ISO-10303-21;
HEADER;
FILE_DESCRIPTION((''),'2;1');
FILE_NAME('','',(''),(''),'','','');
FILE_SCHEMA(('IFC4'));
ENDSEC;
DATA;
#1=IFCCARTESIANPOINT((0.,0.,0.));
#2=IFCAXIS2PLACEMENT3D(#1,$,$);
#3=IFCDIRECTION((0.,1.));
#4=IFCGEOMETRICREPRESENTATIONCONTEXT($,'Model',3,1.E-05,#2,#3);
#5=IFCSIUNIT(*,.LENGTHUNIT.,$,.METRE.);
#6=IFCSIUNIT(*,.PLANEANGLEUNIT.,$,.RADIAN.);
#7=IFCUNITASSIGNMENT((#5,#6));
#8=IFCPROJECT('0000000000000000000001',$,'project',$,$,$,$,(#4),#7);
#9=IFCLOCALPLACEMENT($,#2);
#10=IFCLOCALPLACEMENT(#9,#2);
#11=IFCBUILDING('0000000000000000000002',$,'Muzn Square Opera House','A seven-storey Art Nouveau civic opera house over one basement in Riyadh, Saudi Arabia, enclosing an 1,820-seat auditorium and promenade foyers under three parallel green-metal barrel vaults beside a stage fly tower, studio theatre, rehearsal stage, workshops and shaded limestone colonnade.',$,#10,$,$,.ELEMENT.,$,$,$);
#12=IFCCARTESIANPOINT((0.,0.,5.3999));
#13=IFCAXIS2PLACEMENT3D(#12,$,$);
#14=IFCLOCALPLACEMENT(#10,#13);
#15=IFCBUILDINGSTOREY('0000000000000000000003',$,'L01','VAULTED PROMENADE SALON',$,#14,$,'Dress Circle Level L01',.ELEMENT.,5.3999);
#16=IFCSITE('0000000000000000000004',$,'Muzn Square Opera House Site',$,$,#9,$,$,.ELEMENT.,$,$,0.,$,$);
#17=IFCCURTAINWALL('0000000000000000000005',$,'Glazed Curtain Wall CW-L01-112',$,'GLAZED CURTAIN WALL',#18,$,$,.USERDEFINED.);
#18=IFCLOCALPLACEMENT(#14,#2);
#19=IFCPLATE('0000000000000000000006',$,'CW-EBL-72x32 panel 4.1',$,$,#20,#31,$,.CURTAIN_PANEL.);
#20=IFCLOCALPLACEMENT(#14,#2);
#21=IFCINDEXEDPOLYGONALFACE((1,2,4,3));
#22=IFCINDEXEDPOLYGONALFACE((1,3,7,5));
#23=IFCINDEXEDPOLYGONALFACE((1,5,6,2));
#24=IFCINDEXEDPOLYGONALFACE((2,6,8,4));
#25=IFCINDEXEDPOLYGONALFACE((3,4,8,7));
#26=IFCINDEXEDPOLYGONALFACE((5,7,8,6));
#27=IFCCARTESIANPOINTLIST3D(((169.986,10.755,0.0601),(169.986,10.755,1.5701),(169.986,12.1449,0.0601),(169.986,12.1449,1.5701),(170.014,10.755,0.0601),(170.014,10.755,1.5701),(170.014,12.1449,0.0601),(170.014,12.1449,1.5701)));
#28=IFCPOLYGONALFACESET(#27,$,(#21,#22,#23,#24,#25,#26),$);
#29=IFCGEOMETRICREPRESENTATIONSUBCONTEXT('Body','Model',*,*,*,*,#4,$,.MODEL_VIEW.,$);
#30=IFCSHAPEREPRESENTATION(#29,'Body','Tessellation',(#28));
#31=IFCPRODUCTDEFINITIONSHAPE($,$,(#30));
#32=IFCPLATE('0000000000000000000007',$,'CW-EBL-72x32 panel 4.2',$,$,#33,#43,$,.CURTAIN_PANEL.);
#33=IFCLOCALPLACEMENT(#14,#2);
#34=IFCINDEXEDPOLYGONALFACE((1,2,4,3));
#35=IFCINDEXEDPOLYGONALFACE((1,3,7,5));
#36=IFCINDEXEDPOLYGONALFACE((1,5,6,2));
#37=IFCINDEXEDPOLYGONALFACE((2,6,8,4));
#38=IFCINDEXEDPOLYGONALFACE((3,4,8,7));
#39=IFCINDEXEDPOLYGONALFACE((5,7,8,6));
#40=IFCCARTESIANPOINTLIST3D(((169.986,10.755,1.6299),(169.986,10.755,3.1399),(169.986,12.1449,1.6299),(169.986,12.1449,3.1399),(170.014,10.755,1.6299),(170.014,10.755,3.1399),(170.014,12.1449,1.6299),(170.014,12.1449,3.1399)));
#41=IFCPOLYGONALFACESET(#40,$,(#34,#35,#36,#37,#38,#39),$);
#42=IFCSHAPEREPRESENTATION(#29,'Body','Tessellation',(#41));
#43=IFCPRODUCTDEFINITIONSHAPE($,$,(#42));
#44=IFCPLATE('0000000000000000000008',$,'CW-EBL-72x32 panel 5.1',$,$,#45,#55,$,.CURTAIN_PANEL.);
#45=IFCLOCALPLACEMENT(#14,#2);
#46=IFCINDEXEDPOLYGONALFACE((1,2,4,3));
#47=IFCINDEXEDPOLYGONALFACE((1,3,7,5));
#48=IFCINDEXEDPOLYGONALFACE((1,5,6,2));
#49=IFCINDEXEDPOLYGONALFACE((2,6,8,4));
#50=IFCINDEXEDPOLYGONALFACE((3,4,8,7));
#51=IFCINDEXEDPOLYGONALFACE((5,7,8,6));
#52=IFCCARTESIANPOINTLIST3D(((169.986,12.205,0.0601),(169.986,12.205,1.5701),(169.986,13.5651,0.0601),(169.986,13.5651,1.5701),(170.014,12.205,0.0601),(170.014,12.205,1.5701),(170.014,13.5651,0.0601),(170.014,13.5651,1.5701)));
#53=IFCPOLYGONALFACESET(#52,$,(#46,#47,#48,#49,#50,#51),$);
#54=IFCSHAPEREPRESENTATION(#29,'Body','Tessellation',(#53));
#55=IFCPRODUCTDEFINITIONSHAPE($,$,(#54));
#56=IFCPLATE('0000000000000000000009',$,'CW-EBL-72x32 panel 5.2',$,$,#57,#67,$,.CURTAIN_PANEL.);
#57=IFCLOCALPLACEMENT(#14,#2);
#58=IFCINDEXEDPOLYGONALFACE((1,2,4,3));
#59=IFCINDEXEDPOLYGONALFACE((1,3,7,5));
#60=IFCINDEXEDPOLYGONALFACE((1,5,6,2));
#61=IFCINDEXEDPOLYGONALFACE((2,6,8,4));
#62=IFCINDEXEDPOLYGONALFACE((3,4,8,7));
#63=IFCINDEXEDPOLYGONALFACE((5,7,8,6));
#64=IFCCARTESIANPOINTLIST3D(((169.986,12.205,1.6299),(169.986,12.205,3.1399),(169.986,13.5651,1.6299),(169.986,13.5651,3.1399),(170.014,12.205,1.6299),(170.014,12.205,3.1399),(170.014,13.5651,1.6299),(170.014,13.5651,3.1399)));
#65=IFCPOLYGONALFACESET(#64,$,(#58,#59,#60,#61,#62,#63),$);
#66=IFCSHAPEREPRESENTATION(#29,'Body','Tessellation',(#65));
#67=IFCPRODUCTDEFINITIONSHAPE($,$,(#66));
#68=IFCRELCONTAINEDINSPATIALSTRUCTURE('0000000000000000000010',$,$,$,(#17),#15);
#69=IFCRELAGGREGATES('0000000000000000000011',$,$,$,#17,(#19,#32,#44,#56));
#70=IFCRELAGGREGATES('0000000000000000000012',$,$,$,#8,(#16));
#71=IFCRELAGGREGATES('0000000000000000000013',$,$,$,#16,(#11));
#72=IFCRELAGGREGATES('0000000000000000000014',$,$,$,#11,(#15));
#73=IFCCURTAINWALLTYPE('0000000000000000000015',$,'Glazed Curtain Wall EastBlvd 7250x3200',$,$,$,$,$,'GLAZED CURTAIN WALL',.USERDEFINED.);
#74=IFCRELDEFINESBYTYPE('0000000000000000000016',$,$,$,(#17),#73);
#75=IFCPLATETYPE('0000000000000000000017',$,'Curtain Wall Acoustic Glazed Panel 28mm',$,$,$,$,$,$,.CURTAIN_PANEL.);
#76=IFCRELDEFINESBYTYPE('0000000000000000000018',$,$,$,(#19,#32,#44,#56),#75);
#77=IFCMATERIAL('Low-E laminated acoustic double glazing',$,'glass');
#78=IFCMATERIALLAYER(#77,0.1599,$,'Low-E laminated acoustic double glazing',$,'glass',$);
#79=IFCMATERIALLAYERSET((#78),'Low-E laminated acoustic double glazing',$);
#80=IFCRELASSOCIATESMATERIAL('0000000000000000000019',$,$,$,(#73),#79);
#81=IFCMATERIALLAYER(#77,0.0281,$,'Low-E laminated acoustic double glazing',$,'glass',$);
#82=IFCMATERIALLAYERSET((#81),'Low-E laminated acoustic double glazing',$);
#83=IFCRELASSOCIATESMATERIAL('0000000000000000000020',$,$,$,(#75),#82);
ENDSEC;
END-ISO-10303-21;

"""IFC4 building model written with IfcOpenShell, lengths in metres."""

from ifc_helpers import new_model, si_unit, direction, frame, origin, origin_2d, place, context, subcontext, project, spatial, rectangle, extrude, material, layer, layer_set, type_object, element, aggregate, save


model = new_model("IFC4")

# Units and contexts
model_context = context("Model", 3, precision=1e-05, world=origin(), true_north=direction((0.0, 1.0)))
body_context = subcontext(model_context, "Body", "Model", "MODEL_VIEW")
ifc_project = project(units=[si_unit("LENGTHUNIT", "METRE"), si_unit("PLANEANGLEUNIT", "RADIAN")], contexts=[model_context])

# Site, building, storey
site_placement = place(None, origin())
site = spatial("IfcSite", under=ifc_project, at=site_placement, Name="Muzn Square Opera House Site", CompositionType="ELEMENT", RefElevation=0.0)
building_placement = place(site_placement, origin())
building = spatial("IfcBuilding", under=site, at=building_placement, Name="Muzn Square Opera House", Description="A seven-storey Art Nouveau civic opera house over one basement in Riyadh, Saudi Arabia, enclosing an 1,820-seat auditorium and promenade foyers under three parallel green-metal barrel vaults beside a stage fly tower, studio theatre, rehearsal stage, workshops and shaded limestone colonnade.", CompositionType="ELEMENT")
storey_placement = place(building_placement, frame((0.0, 0.0, 5.3999)))
storey = spatial("IfcBuildingStorey", under=building, at=storey_placement, Name="L01", Description="VAULTED PROMENADE SALON", LongName="Dress Circle Level L01", CompositionType="ELEMENT", Elevation=5.3999)

# Curtain wall
ifc_material_1 = material(Name="Low-E laminated acoustic double glazing", Category="glass")
ifc_layer_1 = layer(ifc_material_1, 0.1599, Name="Low-E laminated acoustic double glazing", Category="glass")
ifc_layer_set_1 = layer_set([ifc_layer_1], Name="Low-E laminated acoustic double glazing")
curtain_wall_type = type_object("IfcCurtainWallType", Name="Glazed Curtain Wall EastBlvd 7250x3200", ElementType="GLAZED CURTAIN WALL", PredefinedType="USERDEFINED", material=ifc_layer_set_1)
curtain_wall_1_placement = place(storey_placement, origin())
curtain_wall_1 = element("IfcCurtainWall", 1, at=curtain_wall_1_placement, inside=storey, type_object=curtain_wall_type, Name="Glazed Curtain Wall CW-L01-112", ObjectType="GLAZED CURTAIN WALL", PredefinedType="USERDEFINED")

# Plates
ifc_layer_2 = layer(ifc_material_1, 0.0281, Name="Low-E laminated acoustic double glazing", Category="glass")
ifc_layer_set_2 = layer_set([ifc_layer_2], Name="Low-E laminated acoustic double glazing")
plate_type = type_object("IfcPlateType", Name="Curtain Wall Acoustic Glazed Panel 28mm", PredefinedType="CURTAIN_PANEL", material=ifc_layer_set_2)
plate_1_placement = place(storey_placement, frame((170.0, 11.45, 0.0601), z_axis=(0.0, 0.0, 1.0), x_axis=(0.0, 1.0, 0.0)))
plate_1 = element("IfcPlate", 2, at=plate_1_placement, type_object=plate_type, Name="CW-EBL-72x32 panel 4.1", PredefinedType="CURTAIN_PANEL", context=body_context, shape_type="SweptSolid", body=[
    extrude(rectangle(XDim=1.3899, YDim=0.0281, at=origin_2d()), origin(), (0.0, 0.0, 1.0), 1.51),
])
plate_2_placement = place(storey_placement, frame((170.0, 11.45, 1.6299), z_axis=(0.0, 0.0, 1.0), x_axis=(0.0, 1.0, 0.0)))
plate_2 = element("IfcPlate", 3, at=plate_2_placement, type_object=plate_type, Name="CW-EBL-72x32 panel 4.2", PredefinedType="CURTAIN_PANEL", context=body_context, shape_type="SweptSolid", body=[
    extrude(rectangle(XDim=1.3899, YDim=0.0281, at=origin_2d()), origin(), (0.0, 0.0, 1.0), 1.51),
])
plate_3_placement = place(storey_placement, frame((170.0, 12.885, 0.0601), z_axis=(0.0, 0.0, 1.0), x_axis=(0.0, 1.0, 0.0)))
plate_3 = element("IfcPlate", 4, at=plate_3_placement, type_object=plate_type, Name="CW-EBL-72x32 panel 5.1", PredefinedType="CURTAIN_PANEL", context=body_context, shape_type="SweptSolid", body=[
    extrude(rectangle(XDim=1.3601, YDim=0.0281, at=origin_2d()), origin(), (0.0, 0.0, 1.0), 1.51),
])
plate_4_placement = place(storey_placement, frame((170.0, 12.885, 1.6299), z_axis=(0.0, 0.0, 1.0), x_axis=(0.0, 1.0, 0.0)))
plate_4 = element("IfcPlate", 5, at=plate_4_placement, type_object=plate_type, Name="CW-EBL-72x32 panel 5.2", PredefinedType="CURTAIN_PANEL", context=body_context, shape_type="SweptSolid", body=[
    extrude(rectangle(XDim=1.3601, YDim=0.0281, at=origin_2d()), origin(), (0.0, 0.0, 1.0), 1.51),
])
aggregate(curtain_wall_1, [plate_1, plate_2, plate_3, plate_4])

save(model, "model.ifc")
